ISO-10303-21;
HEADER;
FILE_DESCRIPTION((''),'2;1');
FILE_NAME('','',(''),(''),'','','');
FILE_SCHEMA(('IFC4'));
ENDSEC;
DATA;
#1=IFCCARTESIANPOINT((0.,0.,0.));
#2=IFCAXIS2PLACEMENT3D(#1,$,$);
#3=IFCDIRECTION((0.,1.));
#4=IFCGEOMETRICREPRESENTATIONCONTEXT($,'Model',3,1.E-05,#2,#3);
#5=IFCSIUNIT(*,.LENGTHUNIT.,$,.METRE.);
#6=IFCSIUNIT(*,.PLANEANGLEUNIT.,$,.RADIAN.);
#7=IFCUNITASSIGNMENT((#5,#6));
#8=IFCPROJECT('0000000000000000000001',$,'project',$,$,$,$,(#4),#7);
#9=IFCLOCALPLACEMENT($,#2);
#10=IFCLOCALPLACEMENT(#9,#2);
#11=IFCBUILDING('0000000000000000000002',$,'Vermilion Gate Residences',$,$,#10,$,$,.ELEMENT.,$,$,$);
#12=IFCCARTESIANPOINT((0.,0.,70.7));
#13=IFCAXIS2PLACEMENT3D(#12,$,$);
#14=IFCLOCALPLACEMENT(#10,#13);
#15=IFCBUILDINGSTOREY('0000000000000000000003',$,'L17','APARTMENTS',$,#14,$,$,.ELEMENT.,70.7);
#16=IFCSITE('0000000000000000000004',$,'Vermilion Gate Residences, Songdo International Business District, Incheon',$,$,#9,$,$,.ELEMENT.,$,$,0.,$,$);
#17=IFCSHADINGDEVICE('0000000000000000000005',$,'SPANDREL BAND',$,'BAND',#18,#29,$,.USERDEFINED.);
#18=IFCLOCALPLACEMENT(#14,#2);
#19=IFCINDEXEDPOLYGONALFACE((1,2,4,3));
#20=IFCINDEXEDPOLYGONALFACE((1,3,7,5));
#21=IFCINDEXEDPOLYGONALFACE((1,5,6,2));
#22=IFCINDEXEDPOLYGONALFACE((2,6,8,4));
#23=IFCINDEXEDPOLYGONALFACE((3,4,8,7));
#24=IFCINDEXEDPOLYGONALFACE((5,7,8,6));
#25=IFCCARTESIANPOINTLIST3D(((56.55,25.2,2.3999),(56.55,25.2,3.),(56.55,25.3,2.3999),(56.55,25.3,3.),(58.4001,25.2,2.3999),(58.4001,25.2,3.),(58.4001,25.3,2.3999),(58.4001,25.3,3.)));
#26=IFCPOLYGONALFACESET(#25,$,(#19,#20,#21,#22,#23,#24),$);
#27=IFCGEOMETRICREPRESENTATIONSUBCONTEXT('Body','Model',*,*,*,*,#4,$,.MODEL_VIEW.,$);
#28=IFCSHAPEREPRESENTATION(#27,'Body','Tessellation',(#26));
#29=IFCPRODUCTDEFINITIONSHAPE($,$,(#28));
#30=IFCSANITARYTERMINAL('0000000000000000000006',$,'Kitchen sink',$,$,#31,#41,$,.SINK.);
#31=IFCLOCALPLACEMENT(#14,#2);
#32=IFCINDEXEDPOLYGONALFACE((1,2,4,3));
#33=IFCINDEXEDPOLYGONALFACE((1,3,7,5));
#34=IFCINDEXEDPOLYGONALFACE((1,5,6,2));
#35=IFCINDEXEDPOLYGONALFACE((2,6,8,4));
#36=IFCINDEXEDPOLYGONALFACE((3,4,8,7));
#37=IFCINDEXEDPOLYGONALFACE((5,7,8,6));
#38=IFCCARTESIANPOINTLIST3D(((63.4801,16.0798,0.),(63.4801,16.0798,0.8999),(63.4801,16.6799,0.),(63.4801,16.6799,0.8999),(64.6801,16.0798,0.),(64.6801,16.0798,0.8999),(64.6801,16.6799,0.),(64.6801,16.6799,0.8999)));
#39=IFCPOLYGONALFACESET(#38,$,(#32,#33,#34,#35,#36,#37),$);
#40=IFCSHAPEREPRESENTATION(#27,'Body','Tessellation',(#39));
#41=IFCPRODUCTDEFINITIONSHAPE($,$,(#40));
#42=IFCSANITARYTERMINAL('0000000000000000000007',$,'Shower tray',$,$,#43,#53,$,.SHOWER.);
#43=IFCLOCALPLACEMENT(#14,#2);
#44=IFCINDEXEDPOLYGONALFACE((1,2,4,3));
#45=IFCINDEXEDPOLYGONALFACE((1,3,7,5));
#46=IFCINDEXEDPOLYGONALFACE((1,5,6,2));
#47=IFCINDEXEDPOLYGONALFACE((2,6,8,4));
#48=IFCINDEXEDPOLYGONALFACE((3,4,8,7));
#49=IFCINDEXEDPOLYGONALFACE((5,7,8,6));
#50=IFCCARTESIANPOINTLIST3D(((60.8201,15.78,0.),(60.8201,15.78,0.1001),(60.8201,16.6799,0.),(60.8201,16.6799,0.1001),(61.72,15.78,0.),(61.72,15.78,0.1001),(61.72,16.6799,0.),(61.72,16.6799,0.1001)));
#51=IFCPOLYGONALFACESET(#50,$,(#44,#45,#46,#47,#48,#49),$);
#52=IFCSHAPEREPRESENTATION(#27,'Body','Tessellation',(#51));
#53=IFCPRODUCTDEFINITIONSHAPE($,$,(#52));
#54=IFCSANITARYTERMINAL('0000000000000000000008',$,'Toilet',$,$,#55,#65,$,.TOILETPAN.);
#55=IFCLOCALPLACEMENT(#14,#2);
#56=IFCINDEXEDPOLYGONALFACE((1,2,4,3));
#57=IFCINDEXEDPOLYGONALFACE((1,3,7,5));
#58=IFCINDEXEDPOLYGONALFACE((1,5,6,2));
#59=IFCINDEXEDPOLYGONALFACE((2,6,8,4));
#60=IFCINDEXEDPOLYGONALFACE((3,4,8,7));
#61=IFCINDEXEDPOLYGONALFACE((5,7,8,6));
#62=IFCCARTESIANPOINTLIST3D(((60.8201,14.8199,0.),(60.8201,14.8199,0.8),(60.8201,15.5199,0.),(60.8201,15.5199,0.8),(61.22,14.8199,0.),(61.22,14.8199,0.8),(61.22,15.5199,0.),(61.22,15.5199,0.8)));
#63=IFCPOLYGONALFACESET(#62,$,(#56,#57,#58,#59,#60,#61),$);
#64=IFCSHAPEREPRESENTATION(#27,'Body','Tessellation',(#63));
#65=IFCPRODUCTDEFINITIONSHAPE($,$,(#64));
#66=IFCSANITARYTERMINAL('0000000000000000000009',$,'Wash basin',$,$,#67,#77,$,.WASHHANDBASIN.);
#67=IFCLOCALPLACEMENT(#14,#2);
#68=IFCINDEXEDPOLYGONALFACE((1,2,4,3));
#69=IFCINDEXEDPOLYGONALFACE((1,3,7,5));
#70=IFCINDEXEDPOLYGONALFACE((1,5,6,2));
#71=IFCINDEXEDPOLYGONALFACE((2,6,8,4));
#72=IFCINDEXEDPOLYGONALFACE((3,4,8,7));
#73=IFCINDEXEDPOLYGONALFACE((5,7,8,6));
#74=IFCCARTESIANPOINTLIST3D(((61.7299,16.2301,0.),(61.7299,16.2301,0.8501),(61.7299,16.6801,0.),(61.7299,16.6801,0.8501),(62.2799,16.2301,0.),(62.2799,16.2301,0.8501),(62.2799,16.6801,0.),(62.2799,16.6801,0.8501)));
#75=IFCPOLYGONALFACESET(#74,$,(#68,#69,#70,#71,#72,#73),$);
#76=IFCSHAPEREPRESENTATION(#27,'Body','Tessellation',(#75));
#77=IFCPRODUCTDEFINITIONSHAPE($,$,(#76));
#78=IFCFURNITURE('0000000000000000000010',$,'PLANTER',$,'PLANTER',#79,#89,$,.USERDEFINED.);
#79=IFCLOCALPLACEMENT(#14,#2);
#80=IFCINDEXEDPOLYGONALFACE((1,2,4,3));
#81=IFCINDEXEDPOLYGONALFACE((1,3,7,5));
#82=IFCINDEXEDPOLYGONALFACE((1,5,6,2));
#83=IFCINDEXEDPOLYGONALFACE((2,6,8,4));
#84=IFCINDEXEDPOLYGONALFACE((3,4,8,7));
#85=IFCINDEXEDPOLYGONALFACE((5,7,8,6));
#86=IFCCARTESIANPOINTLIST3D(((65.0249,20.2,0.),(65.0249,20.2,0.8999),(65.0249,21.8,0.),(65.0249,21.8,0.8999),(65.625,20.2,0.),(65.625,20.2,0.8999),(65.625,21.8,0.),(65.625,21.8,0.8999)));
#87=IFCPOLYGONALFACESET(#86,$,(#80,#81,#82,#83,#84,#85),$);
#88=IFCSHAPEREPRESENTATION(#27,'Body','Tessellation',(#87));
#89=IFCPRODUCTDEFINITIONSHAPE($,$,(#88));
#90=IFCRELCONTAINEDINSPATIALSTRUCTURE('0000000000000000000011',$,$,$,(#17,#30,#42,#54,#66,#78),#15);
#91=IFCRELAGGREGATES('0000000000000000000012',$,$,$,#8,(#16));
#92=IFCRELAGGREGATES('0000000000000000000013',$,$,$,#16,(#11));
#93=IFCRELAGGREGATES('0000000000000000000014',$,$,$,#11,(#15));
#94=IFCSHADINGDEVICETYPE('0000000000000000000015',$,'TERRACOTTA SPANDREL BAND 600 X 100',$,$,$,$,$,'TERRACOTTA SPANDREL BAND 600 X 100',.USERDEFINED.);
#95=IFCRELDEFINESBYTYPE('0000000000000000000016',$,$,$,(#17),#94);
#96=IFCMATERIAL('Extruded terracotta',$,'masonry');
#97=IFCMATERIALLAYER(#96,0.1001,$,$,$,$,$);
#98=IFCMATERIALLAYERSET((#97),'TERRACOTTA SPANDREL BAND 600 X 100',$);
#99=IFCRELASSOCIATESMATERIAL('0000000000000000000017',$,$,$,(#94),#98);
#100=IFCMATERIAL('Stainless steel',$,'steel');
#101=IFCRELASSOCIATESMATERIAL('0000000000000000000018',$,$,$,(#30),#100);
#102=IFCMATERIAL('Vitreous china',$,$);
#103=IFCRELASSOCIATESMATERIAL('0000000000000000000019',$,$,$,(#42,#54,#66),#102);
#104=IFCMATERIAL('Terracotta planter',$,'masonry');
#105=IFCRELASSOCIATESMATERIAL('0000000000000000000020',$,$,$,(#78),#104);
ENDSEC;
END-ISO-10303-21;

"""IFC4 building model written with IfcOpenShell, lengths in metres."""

from ifc_helpers import new_model, si_unit, direction, frame, origin, origin_2d, place, context, subcontext, project, spatial, rectangle, extrude, material, layer, layer_set, type_object, element, save


model = new_model("IFC4")

# Units and contexts
model_context = context("Model", 3, precision=1e-05, world=origin(), true_north=direction((0.0, 1.0)))
body_context = subcontext(model_context, "Body", "Model", "MODEL_VIEW")
ifc_project = project(units=[si_unit("LENGTHUNIT", "METRE"), si_unit("PLANEANGLEUNIT", "RADIAN")], contexts=[model_context])

# Site, building, storey
site_placement = place(None, origin())
site = spatial("IfcSite", under=ifc_project, at=site_placement, Name="Vermilion Gate Residences, Songdo International Business District, Incheon", CompositionType="ELEMENT", RefElevation=0.0)
building_placement = place(site_placement, origin())
building = spatial("IfcBuilding", under=site, at=building_placement, Name="Vermilion Gate Residences", CompositionType="ELEMENT")
storey_placement = place(building_placement, frame((0.0, 0.0, 70.7)))
storey = spatial("IfcBuildingStorey", under=building, at=storey_placement, Name="L17", Description="APARTMENTS", CompositionType="ELEMENT", Elevation=70.7)

# Shading device
ifc_material_1 = material(Name="Extruded terracotta", Category="masonry")
ifc_layer_1 = layer(ifc_material_1, 0.1001)
ifc_layer_set_1 = layer_set([ifc_layer_1], Name="TERRACOTTA SPANDREL BAND 600 X 100")
shading_device_type_1 = type_object("IfcShadingDeviceType", Name="TERRACOTTA SPANDREL BAND 600 X 100", ElementType="TERRACOTTA SPANDREL BAND 600 X 100", PredefinedType="USERDEFINED", material=ifc_layer_set_1)
shading_device_placement = place(storey_placement, frame((57.4751, 25.25, 2.3999), z_axis=(0.0, 0.0, 1.0), x_axis=(1.0, 0.0, 0.0)))
element("IfcShadingDevice", 1, at=shading_device_placement, inside=storey, type_object=shading_device_type_1, Name="SPANDREL BAND", ObjectType="BAND", PredefinedType="USERDEFINED", context=body_context, shape_type="SweptSolid", body=[
    extrude(rectangle(XDim=1.8501, YDim=0.1001, at=origin_2d()), origin(), (0.0, 0.0, 1.0), 0.6001),
])

# Sanitary terminals
ifc_material_2 = material(Name="Stainless steel", Category="steel")
sanitary_terminal_1_placement = place(storey_placement, frame((64.0801, 16.3799, 0.0), z_axis=(0.0, 0.0, 1.0), x_axis=(1.0, 0.0, 0.0)))
element("IfcSanitaryTerminal", 2, at=sanitary_terminal_1_placement, inside=storey, material=ifc_material_2, Name="Kitchen sink", PredefinedType="SINK", context=body_context, shape_type="SweptSolid", body=[
    extrude(rectangle(XDim=1.2, YDim=0.6001, at=origin_2d()), origin(), (0.0, 0.0, 1.0), 0.8999),
])
ifc_material_3 = material(Name="Vitreous china")
sanitary_terminal_2_placement = place(storey_placement, frame((61.27, 16.23, 0.0), z_axis=(0.0, 0.0, 1.0), x_axis=(1.0, 0.0, 0.0)))
element("IfcSanitaryTerminal", 3, at=sanitary_terminal_2_placement, inside=storey, material=ifc_material_3, Name="Shower tray", PredefinedType="SHOWER", context=body_context, shape_type="SweptSolid", body=[
    extrude(rectangle(XDim=0.8999, YDim=0.8999, at=origin_2d()), origin(), (0.0, 0.0, 1.0), 0.1001),
])
sanitary_terminal_3_placement = place(storey_placement, frame((61.02, 15.1699, 0.0), z_axis=(0.0, 0.0, 1.0), x_axis=(1.0, 0.0, 0.0)))
element("IfcSanitaryTerminal", 4, at=sanitary_terminal_3_placement, inside=storey, material=ifc_material_3, Name="Toilet", PredefinedType="TOILETPAN", context=body_context, shape_type="SweptSolid", body=[
    extrude(rectangle(XDim=0.3999, YDim=0.7, at=origin_2d()), origin(), (0.0, 0.0, 1.0), 0.8),
])
sanitary_terminal_4_placement = place(storey_placement, frame((62.0049, 16.4551, 0.0), z_axis=(0.0, 0.0, 1.0), x_axis=(1.0, 0.0, 0.0)))
element("IfcSanitaryTerminal", 5, at=sanitary_terminal_4_placement, inside=storey, material=ifc_material_3, Name="Wash basin", PredefinedType="WASHHANDBASIN", context=body_context, shape_type="SweptSolid", body=[
    extrude(rectangle(XDim=0.55, YDim=0.45, at=origin_2d()), origin(), (0.0, 0.0, 1.0), 0.8501),
])

# Furniture
ifc_material_4 = material(Name="Terracotta planter", Category="masonry")
furniture_placement = place(storey_placement, frame((65.325, 21.0, 0.0), z_axis=(0.0, 0.0, 1.0), x_axis=(0.0, 1.0, 0.0)))
element("IfcFurniture", 6, at=furniture_placement, inside=storey, material=ifc_material_4, Name="PLANTER", ObjectType="PLANTER", PredefinedType="USERDEFINED", context=body_context, shape_type="SweptSolid", body=[
    extrude(rectangle(XDim=1.6001, YDim=0.6001, at=origin_2d()), origin(), (0.0, 0.0, 1.0), 0.8999),
])

save(model, "model.ifc")
